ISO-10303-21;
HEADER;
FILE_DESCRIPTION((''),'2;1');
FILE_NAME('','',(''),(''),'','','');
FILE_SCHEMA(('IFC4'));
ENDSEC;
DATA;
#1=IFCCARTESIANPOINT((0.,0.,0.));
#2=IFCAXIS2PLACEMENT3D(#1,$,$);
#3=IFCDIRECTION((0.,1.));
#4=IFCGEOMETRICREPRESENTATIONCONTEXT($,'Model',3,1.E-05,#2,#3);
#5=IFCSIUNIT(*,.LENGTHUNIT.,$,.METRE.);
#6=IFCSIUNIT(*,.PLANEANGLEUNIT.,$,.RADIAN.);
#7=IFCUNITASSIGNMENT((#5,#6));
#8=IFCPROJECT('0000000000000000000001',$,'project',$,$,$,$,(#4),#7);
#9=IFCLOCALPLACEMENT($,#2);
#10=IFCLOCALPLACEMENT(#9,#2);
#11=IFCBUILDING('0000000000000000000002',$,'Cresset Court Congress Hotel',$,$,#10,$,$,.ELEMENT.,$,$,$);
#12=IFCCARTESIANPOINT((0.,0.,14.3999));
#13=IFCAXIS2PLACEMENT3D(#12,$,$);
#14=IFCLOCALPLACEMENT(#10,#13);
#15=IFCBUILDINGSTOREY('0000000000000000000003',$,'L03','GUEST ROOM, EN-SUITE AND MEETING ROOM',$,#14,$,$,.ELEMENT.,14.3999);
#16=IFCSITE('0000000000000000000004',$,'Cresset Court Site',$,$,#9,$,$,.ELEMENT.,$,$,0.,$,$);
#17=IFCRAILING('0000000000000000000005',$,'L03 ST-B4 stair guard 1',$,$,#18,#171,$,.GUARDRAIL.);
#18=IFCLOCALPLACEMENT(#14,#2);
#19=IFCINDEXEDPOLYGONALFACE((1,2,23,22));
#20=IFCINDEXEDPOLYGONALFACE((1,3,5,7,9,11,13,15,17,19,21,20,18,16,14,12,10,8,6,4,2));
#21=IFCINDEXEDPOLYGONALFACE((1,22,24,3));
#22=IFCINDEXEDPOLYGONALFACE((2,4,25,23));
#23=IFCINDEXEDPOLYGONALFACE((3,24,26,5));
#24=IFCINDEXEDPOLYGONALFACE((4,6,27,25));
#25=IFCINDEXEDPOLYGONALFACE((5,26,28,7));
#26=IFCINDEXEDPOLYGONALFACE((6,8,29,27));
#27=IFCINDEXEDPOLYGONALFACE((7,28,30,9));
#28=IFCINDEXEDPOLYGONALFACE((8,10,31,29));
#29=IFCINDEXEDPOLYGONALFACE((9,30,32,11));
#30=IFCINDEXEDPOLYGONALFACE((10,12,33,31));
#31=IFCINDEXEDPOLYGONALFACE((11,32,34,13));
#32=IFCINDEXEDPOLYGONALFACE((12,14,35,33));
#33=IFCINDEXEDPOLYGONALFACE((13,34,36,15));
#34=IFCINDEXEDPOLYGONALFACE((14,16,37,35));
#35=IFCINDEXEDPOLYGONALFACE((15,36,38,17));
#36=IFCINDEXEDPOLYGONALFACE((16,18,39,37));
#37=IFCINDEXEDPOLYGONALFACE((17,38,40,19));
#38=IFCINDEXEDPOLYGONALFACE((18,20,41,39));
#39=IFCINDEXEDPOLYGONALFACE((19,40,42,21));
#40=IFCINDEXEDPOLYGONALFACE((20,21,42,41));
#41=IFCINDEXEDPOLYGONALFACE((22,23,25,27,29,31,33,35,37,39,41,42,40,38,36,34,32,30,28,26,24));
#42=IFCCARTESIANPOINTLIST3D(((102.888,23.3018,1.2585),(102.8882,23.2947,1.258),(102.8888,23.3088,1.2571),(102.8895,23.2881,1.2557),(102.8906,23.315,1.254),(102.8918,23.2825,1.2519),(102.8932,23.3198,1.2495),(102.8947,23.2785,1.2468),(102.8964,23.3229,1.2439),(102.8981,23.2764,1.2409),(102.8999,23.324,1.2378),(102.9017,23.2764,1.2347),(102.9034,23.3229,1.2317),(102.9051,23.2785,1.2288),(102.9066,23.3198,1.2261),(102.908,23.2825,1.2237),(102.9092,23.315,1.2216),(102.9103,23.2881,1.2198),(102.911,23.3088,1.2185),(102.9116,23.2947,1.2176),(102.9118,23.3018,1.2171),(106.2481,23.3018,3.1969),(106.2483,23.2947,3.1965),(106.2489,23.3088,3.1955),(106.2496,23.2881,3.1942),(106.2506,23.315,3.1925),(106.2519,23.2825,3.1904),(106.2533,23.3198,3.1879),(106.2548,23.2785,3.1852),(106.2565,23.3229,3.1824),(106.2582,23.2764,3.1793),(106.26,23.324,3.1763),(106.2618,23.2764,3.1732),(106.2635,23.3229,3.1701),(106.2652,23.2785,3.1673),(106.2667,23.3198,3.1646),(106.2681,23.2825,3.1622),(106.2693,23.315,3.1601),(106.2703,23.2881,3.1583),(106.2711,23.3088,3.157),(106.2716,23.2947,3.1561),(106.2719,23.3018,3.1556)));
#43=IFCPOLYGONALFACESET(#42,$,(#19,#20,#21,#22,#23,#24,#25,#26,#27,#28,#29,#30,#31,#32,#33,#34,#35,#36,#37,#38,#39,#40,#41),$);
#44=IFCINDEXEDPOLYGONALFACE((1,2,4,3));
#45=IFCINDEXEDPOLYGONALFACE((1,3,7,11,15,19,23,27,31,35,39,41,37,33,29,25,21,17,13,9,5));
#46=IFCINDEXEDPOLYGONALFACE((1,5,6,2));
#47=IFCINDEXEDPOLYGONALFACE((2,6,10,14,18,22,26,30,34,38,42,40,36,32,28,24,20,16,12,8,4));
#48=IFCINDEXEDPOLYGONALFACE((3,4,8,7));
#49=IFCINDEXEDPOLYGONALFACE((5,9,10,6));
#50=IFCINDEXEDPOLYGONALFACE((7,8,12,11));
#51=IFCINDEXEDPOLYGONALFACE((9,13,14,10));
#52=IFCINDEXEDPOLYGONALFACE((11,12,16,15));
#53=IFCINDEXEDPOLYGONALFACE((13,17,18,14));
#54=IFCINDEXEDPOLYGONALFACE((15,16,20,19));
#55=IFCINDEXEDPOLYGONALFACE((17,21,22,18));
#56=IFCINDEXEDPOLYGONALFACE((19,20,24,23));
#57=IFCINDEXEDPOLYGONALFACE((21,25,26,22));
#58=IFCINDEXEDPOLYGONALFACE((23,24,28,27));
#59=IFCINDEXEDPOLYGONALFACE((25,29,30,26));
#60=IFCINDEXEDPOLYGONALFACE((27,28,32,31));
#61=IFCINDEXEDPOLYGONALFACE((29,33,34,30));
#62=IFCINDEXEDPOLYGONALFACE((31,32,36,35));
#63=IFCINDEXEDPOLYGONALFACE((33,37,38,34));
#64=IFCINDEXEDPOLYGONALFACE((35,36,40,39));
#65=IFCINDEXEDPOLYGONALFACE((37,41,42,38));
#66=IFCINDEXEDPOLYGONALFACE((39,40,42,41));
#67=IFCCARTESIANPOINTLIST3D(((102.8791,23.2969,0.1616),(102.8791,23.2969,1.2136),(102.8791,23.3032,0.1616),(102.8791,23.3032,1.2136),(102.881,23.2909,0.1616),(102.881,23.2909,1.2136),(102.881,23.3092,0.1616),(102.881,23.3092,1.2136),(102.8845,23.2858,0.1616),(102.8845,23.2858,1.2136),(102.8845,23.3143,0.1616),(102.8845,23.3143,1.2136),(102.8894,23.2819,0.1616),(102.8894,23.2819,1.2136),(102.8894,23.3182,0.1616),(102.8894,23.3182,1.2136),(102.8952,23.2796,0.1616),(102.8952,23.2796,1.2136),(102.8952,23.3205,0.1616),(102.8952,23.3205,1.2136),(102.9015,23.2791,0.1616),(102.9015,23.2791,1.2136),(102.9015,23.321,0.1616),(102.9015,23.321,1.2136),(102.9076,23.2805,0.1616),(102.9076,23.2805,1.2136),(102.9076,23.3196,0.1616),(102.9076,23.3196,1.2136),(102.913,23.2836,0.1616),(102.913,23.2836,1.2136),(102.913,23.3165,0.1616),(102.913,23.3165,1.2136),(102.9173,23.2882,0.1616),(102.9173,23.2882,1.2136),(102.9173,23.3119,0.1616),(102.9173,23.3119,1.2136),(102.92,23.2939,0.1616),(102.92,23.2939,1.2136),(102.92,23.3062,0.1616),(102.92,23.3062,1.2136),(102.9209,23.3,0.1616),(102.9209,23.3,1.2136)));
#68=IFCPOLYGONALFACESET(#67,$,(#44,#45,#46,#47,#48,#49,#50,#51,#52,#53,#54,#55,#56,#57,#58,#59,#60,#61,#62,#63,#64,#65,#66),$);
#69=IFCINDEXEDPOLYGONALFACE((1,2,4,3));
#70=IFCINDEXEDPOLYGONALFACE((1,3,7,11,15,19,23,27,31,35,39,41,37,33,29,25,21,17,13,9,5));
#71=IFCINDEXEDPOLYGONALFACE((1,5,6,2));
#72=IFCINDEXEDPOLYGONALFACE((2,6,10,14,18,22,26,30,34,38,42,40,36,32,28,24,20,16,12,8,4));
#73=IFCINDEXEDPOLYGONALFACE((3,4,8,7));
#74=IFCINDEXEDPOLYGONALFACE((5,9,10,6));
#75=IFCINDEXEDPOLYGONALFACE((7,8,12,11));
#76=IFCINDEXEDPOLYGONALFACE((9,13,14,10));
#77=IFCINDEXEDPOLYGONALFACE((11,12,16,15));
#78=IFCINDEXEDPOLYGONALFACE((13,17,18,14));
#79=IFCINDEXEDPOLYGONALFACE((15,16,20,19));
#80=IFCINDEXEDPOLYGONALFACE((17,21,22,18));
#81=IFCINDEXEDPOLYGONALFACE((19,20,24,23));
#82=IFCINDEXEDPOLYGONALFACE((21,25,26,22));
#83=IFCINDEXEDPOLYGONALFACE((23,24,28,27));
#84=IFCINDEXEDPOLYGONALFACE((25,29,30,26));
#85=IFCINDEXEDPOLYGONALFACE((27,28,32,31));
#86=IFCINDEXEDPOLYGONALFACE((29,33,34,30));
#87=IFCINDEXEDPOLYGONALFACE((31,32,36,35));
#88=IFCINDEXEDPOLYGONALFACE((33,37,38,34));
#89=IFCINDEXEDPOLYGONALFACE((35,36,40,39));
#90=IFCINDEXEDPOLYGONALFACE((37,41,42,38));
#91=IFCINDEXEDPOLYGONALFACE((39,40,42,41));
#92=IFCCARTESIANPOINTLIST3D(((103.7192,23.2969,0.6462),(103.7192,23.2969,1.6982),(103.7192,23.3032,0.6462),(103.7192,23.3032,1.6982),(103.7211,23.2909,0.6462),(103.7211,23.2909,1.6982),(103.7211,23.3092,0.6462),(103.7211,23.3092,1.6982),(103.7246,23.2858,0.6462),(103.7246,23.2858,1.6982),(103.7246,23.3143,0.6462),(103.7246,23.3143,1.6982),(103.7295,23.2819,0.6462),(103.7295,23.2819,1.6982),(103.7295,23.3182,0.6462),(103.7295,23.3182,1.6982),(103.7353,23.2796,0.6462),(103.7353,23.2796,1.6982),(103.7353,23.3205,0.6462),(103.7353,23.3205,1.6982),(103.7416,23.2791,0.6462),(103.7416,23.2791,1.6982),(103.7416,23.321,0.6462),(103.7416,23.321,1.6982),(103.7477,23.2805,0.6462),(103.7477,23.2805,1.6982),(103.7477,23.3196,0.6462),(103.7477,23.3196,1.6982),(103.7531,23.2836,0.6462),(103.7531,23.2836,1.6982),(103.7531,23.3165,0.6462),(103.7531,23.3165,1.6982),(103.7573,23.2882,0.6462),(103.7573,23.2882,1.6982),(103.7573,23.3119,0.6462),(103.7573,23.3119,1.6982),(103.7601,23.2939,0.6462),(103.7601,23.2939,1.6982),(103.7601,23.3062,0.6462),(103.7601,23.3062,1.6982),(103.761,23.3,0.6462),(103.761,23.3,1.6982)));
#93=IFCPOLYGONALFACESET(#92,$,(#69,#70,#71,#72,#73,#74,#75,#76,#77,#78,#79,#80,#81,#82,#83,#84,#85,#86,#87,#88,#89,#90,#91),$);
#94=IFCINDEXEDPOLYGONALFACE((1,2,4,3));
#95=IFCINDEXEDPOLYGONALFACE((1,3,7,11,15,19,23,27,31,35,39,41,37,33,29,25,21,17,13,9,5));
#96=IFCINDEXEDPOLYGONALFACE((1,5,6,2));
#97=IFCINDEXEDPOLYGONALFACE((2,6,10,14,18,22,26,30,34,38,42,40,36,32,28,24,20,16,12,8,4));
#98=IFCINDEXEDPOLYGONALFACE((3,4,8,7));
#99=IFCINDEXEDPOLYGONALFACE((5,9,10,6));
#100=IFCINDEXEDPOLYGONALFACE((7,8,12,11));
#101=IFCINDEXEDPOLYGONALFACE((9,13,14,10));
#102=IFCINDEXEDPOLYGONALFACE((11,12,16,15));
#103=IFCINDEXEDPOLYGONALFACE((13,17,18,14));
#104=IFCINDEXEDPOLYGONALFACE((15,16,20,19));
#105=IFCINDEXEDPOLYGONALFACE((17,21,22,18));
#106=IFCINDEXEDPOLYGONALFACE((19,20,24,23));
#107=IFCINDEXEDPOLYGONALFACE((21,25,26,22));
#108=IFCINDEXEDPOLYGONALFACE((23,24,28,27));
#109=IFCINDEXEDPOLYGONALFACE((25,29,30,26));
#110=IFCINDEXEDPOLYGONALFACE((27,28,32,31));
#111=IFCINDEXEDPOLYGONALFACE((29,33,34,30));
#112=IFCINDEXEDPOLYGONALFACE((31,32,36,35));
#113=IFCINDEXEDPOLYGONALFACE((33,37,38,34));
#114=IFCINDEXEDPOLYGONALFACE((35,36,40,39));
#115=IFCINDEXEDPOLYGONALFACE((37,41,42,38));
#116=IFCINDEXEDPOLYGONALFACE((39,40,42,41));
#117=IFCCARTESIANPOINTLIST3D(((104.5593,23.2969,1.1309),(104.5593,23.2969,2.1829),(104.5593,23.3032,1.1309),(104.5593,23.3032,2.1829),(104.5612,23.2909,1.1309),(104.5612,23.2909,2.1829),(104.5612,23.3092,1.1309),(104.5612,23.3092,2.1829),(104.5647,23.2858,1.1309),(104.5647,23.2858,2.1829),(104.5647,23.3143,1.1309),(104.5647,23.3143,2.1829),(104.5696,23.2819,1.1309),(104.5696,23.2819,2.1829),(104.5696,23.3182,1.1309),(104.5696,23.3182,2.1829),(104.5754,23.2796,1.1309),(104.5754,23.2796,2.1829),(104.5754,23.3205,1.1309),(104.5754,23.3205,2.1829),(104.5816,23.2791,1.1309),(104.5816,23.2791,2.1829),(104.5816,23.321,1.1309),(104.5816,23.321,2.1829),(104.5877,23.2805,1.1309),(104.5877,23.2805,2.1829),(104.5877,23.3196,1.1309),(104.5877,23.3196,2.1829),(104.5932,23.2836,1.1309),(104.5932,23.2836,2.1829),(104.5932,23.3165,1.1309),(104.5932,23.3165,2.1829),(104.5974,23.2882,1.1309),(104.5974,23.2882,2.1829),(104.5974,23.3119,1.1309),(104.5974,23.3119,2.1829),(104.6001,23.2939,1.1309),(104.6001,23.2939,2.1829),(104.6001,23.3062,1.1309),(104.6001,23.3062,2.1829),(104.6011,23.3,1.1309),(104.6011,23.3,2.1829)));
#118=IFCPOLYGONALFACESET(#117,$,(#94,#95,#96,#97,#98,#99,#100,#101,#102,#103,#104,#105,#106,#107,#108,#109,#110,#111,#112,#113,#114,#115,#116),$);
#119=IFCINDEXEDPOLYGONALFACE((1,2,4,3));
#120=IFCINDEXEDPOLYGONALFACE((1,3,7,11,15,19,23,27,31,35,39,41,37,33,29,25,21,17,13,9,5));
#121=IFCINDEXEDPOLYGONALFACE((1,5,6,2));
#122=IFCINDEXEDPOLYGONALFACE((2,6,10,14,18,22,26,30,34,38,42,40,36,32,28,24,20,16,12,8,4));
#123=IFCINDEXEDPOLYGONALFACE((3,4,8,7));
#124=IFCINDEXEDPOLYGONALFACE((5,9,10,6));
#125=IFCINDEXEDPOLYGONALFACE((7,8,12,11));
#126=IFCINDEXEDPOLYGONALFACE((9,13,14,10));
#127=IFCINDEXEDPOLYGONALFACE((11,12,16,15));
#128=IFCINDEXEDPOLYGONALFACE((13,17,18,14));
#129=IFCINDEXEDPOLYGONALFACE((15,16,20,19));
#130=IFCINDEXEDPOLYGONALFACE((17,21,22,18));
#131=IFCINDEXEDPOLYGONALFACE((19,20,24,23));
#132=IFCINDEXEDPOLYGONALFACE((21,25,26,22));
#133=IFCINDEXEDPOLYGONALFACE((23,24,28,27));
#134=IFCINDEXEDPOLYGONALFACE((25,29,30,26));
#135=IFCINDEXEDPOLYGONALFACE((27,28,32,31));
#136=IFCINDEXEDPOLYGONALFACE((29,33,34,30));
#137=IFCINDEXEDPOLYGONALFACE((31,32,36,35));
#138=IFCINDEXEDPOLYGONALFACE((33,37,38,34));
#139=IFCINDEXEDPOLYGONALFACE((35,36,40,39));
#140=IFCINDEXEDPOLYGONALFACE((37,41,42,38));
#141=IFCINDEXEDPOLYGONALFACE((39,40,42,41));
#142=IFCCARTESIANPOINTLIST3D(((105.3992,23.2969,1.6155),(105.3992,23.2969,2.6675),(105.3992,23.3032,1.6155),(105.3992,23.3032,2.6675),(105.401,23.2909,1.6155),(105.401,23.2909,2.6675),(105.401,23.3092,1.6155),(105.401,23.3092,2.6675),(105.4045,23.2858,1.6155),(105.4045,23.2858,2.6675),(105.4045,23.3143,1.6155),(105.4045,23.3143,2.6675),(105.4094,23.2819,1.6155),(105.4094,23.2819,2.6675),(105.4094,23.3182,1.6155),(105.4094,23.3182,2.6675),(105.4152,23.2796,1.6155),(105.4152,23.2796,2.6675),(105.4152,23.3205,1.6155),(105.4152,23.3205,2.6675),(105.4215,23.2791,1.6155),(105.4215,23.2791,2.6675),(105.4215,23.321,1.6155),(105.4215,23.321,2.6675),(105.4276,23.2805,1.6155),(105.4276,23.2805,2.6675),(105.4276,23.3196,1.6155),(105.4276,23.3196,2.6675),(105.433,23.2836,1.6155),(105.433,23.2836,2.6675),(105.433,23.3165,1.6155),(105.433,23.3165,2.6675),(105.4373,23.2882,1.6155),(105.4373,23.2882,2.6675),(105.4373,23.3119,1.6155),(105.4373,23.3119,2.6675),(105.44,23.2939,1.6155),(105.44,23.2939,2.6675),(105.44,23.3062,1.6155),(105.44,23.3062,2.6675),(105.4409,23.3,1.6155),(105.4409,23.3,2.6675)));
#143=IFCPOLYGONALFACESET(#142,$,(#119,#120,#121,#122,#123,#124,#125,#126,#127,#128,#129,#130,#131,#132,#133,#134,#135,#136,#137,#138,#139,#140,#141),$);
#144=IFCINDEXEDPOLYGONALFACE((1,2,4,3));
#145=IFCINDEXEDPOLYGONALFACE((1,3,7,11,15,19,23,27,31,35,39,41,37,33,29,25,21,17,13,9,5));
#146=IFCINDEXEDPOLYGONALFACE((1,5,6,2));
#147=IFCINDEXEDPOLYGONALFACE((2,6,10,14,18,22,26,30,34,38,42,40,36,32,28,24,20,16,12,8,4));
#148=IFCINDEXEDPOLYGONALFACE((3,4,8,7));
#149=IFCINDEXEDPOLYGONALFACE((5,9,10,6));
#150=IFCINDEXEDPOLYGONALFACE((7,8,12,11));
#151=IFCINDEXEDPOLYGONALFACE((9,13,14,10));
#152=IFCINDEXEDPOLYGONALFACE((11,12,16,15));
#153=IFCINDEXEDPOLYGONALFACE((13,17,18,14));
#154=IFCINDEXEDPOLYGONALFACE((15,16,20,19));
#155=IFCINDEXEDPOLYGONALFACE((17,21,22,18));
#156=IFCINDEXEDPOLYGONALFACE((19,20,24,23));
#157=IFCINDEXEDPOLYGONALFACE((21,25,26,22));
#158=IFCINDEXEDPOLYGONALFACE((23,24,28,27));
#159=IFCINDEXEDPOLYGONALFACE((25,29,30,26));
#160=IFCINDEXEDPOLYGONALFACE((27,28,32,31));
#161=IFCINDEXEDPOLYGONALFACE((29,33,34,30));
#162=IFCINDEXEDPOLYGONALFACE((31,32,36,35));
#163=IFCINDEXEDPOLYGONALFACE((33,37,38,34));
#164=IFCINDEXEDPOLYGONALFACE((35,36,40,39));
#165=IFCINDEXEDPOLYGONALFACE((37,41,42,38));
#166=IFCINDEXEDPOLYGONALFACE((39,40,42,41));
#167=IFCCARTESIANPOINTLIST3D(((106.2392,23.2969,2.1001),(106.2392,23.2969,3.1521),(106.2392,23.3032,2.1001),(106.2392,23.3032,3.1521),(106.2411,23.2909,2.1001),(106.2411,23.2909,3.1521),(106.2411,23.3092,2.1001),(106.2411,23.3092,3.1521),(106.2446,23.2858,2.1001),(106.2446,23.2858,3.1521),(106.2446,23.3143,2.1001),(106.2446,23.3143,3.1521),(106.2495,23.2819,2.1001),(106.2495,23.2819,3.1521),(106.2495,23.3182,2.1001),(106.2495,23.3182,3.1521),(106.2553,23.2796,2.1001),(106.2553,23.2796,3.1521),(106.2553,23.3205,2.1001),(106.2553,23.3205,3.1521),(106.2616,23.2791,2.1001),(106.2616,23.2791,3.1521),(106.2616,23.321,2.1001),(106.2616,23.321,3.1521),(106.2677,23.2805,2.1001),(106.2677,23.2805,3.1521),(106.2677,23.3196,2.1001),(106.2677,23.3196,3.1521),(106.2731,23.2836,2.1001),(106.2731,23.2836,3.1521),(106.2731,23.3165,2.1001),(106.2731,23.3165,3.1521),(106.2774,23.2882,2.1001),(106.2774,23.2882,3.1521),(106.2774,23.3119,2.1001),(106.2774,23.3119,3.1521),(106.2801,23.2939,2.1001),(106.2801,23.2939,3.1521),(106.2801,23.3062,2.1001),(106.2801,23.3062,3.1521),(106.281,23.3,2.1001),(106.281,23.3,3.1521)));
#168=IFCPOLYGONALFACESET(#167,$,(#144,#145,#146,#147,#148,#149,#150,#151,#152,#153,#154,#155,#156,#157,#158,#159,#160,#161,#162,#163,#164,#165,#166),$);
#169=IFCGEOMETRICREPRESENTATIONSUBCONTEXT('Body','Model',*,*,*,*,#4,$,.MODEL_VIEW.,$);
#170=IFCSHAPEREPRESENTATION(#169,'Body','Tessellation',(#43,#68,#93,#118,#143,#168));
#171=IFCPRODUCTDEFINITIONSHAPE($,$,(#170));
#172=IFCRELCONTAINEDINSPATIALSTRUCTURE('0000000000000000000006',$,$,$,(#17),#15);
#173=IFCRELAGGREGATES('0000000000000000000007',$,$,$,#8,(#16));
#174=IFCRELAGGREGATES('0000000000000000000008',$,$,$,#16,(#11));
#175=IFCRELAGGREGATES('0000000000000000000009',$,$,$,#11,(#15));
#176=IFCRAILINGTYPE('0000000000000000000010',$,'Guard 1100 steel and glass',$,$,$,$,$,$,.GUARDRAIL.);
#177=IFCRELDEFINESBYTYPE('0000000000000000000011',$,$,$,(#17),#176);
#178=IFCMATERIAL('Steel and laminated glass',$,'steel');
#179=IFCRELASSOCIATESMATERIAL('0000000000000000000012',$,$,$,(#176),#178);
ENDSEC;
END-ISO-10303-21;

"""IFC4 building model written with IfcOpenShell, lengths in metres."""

from ifc_helpers import new_model, si_unit, direction, frame, origin, origin_2d, place, context, subcontext, project, spatial, circle, extrude, material, type_object, element, save


model = new_model("IFC4")

# Units and contexts
model_context = context("Model", 3, precision=1e-05, world=origin(), true_north=direction((0.0, 1.0)))
body_context = subcontext(model_context, "Body", "Model", "MODEL_VIEW")
ifc_project = project(units=[si_unit("LENGTHUNIT", "METRE"), si_unit("PLANEANGLEUNIT", "RADIAN")], contexts=[model_context])

# Site, building, storey
site_placement = place(None, origin())
site = spatial("IfcSite", under=ifc_project, at=site_placement, Name="Cresset Court Site", CompositionType="ELEMENT", RefElevation=0.0)
building_placement = place(site_placement, origin())
building = spatial("IfcBuilding", under=site, at=building_placement, Name="Cresset Court Congress Hotel", CompositionType="ELEMENT")
storey_placement = place(building_placement, frame((0.0, 0.0, 14.3999)))
storey = spatial("IfcBuildingStorey", under=building, at=storey_placement, Name="L03", Description="GUEST ROOM, EN-SUITE AND MEETING ROOM", CompositionType="ELEMENT", Elevation=14.3999)

# Railing
ifc_material_1 = material(Name="Steel and laminated glass", Category="steel")
railing_type_1 = type_object("IfcRailingType", Name="Guard 1100 steel and glass", PredefinedType="GUARDRAIL", material=ifc_material_1)
railing_1_placement = place(storey_placement, frame((102.8999, 23.3, 0.1616)))
element("IfcRailing", 1, at=railing_1_placement, inside=storey, type_object=railing_type_1, Name="L03 ST-B4 stair guard 1", PredefinedType="GUARDRAIL", context=body_context, shape_type="SweptSolid", body=[
    extrude(circle(Radius=0.0239, at=origin_2d()), frame((0.0, 0.0, 1.0762), z_axis=(0.866191, 0.0, 0.499713), x_axis=(0.0, 1.0, 0.0)), (0.0, 0.0, 1.0), 3.8792),
    extrude(circle(Radius=0.021, at=origin_2d()), origin(), (0.0, 0.0, 1.0), 1.052),
    extrude(circle(Radius=0.021, at=origin_2d()), frame((0.8401, 0.0, 0.4846)), (0.0, 0.0, 1.0), 1.052),
    extrude(circle(Radius=0.021, at=origin_2d()), frame((1.6802, 0.0, 0.9692)), (0.0, 0.0, 1.0), 1.052),
    extrude(circle(Radius=0.021, at=origin_2d()), frame((2.52, 0.0, 1.4539)), (0.0, 0.0, 1.0), 1.052),
    extrude(circle(Radius=0.021, at=origin_2d()), frame((3.3601, 0.0, 1.9385)), (0.0, 0.0, 1.0), 1.052),
])

save(model, "model.ifc")
